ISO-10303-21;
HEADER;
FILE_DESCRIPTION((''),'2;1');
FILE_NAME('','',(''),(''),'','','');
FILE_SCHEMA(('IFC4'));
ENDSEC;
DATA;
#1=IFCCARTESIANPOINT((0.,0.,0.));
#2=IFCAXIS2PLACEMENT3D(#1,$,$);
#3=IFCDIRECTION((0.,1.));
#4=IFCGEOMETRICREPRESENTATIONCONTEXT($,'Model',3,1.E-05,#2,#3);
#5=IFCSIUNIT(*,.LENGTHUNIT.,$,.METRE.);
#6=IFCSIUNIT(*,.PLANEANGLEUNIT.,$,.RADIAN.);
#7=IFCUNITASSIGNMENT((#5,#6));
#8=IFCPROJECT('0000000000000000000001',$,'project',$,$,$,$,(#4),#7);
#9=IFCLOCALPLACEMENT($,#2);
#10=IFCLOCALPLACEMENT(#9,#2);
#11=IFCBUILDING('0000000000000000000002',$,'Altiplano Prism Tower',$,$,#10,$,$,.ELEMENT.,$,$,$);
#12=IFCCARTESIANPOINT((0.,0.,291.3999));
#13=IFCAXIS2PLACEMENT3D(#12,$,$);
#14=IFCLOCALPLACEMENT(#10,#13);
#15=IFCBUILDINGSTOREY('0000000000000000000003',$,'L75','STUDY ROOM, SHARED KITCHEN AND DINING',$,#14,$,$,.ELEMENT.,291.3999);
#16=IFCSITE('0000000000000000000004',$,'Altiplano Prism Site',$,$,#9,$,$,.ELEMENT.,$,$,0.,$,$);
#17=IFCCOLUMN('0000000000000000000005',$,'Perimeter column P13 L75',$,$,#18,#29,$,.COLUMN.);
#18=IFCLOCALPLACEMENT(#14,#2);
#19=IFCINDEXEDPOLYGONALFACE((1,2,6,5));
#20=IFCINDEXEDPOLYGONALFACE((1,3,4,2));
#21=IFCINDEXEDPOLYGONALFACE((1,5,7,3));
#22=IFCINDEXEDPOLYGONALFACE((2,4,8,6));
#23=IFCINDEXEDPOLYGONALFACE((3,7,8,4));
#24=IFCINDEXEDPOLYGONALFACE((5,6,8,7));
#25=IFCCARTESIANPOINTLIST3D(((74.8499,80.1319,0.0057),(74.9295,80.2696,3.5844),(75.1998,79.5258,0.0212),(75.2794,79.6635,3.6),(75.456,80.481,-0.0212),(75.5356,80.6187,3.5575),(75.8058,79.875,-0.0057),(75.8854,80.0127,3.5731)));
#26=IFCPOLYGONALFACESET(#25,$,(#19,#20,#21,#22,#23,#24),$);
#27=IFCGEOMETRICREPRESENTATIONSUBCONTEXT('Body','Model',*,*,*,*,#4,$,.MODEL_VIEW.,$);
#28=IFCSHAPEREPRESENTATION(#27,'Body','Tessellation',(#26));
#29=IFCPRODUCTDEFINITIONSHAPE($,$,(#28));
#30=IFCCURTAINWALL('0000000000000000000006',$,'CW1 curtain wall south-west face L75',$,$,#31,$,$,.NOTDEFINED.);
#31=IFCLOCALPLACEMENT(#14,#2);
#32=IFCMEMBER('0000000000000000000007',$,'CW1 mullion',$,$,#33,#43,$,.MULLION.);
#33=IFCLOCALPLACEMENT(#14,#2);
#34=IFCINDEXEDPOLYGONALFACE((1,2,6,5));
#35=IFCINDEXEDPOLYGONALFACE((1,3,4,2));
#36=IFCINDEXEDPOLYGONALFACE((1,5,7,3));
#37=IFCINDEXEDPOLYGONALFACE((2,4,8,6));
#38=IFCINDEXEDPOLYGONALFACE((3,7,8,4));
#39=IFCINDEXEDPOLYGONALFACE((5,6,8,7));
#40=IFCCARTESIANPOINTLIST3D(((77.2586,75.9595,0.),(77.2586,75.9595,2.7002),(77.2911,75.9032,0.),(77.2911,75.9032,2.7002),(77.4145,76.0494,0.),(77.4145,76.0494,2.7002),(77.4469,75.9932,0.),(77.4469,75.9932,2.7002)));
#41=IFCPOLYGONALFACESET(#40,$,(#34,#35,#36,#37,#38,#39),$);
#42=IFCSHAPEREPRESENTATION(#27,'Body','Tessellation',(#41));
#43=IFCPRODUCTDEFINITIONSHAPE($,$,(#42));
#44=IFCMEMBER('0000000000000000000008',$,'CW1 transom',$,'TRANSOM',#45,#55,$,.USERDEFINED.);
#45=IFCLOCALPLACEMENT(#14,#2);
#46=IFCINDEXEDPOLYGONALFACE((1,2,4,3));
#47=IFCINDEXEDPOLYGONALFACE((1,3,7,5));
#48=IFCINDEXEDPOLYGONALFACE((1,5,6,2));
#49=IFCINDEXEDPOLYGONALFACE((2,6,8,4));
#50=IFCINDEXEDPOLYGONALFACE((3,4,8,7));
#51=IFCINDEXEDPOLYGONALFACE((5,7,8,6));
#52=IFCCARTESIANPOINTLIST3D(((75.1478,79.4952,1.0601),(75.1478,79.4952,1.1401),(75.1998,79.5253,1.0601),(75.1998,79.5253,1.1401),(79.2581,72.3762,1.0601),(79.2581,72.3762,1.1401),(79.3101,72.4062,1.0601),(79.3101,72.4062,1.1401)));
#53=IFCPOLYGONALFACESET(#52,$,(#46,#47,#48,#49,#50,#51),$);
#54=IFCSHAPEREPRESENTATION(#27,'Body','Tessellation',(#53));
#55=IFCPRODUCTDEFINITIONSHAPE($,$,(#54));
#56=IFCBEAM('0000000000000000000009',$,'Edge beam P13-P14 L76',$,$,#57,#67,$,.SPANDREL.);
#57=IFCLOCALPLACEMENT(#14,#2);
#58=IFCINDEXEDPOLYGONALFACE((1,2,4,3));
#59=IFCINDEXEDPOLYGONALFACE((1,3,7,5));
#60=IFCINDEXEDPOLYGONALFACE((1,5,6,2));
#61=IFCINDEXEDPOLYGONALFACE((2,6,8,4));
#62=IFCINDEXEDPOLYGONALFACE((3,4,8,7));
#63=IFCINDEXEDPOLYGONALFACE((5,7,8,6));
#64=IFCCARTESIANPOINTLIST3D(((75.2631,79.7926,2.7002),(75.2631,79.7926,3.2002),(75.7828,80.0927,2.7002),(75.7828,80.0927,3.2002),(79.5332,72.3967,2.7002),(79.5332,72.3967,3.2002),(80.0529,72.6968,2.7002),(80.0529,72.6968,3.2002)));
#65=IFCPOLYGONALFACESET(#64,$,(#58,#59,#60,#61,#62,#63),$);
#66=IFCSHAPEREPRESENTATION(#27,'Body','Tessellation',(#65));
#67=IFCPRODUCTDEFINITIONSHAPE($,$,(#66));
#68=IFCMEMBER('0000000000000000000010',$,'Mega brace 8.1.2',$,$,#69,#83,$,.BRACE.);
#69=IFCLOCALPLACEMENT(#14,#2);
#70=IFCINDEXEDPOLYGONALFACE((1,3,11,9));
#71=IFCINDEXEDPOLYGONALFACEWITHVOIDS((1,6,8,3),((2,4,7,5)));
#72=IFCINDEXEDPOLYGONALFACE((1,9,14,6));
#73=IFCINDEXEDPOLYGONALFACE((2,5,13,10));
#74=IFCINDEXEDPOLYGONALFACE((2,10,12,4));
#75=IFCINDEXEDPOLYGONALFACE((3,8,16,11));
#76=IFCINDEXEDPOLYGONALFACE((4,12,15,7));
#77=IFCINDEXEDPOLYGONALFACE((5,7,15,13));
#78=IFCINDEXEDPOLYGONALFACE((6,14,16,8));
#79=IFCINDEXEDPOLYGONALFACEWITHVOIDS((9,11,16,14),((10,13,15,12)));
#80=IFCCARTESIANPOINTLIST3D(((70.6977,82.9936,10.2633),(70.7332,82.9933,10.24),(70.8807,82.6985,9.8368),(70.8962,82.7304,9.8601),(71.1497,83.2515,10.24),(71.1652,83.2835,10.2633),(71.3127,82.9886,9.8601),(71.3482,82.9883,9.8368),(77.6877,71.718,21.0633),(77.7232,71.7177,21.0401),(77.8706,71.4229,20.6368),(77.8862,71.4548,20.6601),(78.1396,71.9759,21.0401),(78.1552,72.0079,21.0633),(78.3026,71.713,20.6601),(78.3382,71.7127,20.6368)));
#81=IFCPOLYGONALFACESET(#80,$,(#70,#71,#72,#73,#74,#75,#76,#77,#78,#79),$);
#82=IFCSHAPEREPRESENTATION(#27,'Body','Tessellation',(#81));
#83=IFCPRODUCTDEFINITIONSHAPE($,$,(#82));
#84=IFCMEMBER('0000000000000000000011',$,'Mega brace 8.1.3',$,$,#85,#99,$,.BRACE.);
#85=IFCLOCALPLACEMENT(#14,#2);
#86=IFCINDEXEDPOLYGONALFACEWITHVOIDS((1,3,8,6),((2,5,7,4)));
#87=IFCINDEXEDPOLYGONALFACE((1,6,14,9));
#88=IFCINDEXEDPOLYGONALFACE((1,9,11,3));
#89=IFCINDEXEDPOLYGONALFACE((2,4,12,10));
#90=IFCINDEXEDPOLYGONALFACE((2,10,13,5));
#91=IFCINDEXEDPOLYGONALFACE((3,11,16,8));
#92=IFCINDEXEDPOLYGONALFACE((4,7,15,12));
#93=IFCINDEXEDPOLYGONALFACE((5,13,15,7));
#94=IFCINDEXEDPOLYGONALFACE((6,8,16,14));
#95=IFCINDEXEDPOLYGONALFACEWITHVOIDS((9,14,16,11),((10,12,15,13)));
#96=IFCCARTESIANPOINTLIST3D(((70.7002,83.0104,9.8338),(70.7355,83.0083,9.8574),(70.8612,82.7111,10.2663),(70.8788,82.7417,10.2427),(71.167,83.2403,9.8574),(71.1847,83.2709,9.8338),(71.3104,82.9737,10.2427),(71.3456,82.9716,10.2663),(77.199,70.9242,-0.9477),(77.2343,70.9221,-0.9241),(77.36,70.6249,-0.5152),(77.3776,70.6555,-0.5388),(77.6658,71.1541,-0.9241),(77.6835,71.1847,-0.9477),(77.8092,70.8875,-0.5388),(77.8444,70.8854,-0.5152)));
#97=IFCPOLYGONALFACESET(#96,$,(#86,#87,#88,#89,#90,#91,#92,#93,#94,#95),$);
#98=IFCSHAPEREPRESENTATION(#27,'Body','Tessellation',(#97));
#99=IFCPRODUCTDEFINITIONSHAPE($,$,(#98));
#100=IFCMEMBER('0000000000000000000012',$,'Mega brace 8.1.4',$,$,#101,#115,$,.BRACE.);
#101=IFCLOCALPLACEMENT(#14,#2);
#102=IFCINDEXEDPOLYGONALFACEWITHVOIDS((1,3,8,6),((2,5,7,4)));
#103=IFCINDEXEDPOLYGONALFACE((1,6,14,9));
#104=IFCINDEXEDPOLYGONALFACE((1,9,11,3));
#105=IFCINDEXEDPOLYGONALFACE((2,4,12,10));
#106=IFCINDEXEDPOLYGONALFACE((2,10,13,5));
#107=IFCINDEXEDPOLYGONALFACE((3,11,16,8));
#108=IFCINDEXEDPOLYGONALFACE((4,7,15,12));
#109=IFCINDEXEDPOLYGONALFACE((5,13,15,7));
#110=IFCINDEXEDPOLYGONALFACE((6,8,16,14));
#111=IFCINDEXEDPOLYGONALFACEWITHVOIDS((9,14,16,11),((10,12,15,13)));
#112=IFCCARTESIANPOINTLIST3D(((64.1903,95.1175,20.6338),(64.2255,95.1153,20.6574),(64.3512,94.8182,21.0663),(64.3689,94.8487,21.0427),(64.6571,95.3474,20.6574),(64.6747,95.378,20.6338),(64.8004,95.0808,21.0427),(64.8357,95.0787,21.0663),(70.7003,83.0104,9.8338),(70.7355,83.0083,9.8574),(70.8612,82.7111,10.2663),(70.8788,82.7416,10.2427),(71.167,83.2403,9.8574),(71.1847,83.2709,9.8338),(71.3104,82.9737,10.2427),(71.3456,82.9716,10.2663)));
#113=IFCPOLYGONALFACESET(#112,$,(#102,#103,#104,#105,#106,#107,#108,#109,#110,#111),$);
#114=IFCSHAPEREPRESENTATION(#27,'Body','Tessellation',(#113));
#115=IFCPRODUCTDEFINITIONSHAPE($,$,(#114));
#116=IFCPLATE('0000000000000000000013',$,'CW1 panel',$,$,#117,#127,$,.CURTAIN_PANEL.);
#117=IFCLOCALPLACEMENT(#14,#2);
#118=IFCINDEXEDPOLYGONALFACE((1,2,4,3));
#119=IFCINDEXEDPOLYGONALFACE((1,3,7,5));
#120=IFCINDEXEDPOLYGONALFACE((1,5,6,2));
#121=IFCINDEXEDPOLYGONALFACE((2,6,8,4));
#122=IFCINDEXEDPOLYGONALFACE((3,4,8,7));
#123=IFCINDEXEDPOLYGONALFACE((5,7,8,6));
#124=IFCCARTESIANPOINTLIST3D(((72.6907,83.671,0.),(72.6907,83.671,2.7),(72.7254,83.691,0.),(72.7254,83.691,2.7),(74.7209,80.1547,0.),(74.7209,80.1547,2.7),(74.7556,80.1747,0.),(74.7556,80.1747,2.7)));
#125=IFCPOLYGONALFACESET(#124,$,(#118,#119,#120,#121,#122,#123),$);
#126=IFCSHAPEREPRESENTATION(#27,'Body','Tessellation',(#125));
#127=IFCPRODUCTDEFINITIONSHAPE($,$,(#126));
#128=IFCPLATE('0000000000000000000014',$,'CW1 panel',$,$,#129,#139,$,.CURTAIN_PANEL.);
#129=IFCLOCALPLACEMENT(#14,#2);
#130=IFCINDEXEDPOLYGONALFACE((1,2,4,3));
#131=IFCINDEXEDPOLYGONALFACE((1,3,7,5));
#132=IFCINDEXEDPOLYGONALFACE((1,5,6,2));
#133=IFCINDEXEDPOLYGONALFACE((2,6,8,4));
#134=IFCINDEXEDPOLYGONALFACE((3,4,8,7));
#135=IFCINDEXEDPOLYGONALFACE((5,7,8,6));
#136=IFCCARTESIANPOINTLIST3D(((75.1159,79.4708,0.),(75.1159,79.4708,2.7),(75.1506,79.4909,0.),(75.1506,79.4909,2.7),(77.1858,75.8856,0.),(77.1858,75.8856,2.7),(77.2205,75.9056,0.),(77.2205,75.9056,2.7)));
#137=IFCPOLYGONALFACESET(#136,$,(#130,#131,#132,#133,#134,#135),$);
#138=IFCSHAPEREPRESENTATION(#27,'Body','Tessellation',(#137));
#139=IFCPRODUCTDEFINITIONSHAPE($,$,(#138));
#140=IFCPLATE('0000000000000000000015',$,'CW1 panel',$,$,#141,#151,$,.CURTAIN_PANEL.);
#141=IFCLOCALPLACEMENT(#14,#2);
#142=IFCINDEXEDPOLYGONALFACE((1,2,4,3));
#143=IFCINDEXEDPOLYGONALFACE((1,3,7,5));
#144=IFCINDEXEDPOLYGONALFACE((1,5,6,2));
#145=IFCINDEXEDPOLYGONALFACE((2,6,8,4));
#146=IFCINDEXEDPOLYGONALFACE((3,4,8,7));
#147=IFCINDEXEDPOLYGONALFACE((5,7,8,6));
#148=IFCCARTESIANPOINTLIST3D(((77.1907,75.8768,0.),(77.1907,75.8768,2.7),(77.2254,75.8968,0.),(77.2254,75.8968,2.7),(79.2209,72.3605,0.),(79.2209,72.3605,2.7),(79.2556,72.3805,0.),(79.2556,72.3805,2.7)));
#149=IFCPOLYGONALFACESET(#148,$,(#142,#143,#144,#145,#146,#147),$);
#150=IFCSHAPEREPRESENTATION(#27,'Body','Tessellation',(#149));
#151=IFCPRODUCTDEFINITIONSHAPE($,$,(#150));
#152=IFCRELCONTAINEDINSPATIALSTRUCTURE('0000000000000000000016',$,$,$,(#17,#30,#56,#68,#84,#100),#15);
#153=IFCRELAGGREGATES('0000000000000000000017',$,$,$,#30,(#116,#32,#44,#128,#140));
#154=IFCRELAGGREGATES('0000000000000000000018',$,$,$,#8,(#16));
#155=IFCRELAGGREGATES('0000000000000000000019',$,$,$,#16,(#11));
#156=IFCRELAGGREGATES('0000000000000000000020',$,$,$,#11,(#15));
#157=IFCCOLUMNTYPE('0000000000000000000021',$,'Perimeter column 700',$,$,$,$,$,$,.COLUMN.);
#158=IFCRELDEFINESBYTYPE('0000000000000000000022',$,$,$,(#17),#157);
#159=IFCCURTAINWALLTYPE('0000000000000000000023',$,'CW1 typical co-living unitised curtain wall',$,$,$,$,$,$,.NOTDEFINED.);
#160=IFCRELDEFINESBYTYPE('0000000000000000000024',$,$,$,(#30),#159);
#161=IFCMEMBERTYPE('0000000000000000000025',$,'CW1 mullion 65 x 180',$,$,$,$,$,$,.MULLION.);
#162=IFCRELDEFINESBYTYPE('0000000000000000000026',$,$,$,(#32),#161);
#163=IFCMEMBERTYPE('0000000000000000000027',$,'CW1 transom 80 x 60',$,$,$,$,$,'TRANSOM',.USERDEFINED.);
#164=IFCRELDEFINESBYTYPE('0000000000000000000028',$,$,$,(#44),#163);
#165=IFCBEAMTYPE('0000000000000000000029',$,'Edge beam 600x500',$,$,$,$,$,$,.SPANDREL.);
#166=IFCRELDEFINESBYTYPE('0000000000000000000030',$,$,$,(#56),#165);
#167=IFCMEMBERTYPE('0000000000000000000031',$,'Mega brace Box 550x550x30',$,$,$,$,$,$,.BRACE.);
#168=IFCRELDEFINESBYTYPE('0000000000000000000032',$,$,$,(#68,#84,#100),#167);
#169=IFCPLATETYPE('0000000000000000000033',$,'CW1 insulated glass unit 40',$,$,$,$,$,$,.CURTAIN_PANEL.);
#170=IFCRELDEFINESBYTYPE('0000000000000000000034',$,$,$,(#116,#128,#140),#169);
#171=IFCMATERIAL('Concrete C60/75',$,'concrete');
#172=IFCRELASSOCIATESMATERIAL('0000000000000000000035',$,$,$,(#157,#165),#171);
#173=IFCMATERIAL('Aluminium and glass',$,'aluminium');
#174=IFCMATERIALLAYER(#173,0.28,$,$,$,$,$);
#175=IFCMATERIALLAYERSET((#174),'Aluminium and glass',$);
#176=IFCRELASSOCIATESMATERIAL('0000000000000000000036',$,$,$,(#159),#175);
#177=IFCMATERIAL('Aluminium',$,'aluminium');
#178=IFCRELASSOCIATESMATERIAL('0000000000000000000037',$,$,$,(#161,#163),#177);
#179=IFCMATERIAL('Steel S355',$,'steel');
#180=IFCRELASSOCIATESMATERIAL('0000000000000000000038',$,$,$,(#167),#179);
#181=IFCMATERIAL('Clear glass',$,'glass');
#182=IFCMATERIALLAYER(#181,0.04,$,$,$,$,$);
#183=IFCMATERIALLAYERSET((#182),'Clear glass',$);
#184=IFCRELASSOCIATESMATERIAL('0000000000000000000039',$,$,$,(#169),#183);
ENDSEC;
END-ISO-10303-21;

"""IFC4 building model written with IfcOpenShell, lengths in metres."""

from ifc_helpers import new_model, si_unit, direction, frame, origin, origin_2d, place, context, subcontext, project, spatial, rectangle, hollow_rectangle, extrude, material, layer, layer_set, material_profile, profile_set, type_object, element, aggregate, save


model = new_model("IFC4")

# Units and contexts
model_context = context("Model", 3, precision=1e-05, world=origin(), true_north=direction((0.0, 1.0)))
body_context = subcontext(model_context, "Body", "Model", "MODEL_VIEW")
ifc_project = project(units=[si_unit("LENGTHUNIT", "METRE"), si_unit("PLANEANGLEUNIT", "RADIAN")], contexts=[model_context])

# Site, building, storey
site_placement = place(None, origin())
site = spatial("IfcSite", under=ifc_project, at=site_placement, Name="Altiplano Prism Site", CompositionType="ELEMENT", RefElevation=0.0)
building_placement = place(site_placement, origin())
building = spatial("IfcBuilding", under=site, at=building_placement, Name="Altiplano Prism Tower", CompositionType="ELEMENT")
storey_placement = place(building_placement, frame((0.0, 0.0, 291.3999)))
storey = spatial("IfcBuildingStorey", under=building, at=storey_placement, Name="L75", Description="STUDY ROOM, SHARED KITCHEN AND DINING", CompositionType="ELEMENT", Elevation=291.3999)

# Column
ifc_material_1 = material(Name="Concrete C60/75", Category="concrete")
ifc_material_profile_1 = material_profile(ifc_material_1, rectangle(XDim=0.7, YDim=0.7, at=origin_2d()), Name="Perimeter column 700")
ifc_profile_set_1 = profile_set([ifc_material_profile_1], Name="Concrete C60/75")
column_type = type_object("IfcColumnType", Name="Perimeter column 700", PredefinedType="COLUMN", material=ifc_profile_set_1)
column_placement = place(storey_placement, frame((75.3279, 80.0034, 0.0), z_axis=(0.022217, 0.038437, 0.999014), x_axis=(-0.865846, -0.498832, 0.038448)))
element("IfcColumn", 1, at=column_placement, inside=storey, type_object=column_type, Name="Perimeter column P13 L75", PredefinedType="COLUMN", context=body_context, shape_type="SweptSolid", body=[
    extrude(rectangle(XDim=0.7, YDim=0.7, at=origin_2d()), origin(), (0.0, 0.0, 1.0), 3.5823),
])

# Curtain wall, members
ifc_material_2 = material(Name="Aluminium and glass", Category="aluminium")
ifc_layer_1 = layer(ifc_material_2, 0.28)
ifc_layer_set_1 = layer_set([ifc_layer_1], Name="Aluminium and glass")
curtain_wall_type = type_object("IfcCurtainWallType", Name="CW1 typical co-living unitised curtain wall", PredefinedType="NOTDEFINED", material=ifc_layer_set_1)
curtain_wall_placement = place(storey_placement, origin())
curtain_wall = element("IfcCurtainWall", 2, at=curtain_wall_placement, inside=storey, type_object=curtain_wall_type, Name="CW1 curtain wall south-west face L75", PredefinedType="NOTDEFINED")
ifc_material_3 = material(Name="Aluminium", Category="aluminium")
ifc_material_profile_2 = material_profile(ifc_material_3, rectangle(XDim=0.1799, YDim=0.0649, at=origin_2d()), Name="CW1 mullion 65 x 180")
ifc_profile_set_2 = profile_set([ifc_material_profile_2], Name="Aluminium")
member_type_1 = type_object("IfcMemberType", Name="CW1 mullion 65 x 180", PredefinedType="MULLION", material=ifc_profile_set_2)
member_1_placement = place(storey_placement, frame((77.3528, 75.9763, 0.0), z_axis=(0.0, 0.0, 1.0), x_axis=(0.866025, 0.5, 0.0)))
member_1 = element("IfcMember", 3, at=member_1_placement, type_object=member_type_1, Name="CW1 mullion", PredefinedType="MULLION", context=body_context, shape_type="SweptSolid", body=[
    extrude(rectangle(XDim=0.1799, YDim=0.0649, at=origin_2d()), origin(), (0.0, 0.0, 1.0), 2.7002),
])
ifc_material_profile_3 = material_profile(ifc_material_3, rectangle(XDim=0.0601, YDim=0.0801, at=origin_2d()), Name="CW1 transom 80 x 60")
ifc_profile_set_3 = profile_set([ifc_material_profile_3], Name="Aluminium")
member_type_2 = type_object("IfcMemberType", Name="CW1 transom 80 x 60", ElementType="TRANSOM", PredefinedType="USERDEFINED", material=ifc_profile_set_3)
member_2_placement = place(storey_placement, frame((75.1738, 79.5103, 1.1001), z_axis=(0.50001, -0.866019, 0.0), x_axis=(0.866019, 0.50001, 0.0)))
member_2 = element("IfcMember", 4, at=member_2_placement, type_object=member_type_2, Name="CW1 transom", ObjectType="TRANSOM", PredefinedType="USERDEFINED", context=body_context, shape_type="SweptSolid", body=[
    extrude(rectangle(XDim=0.0601, YDim=0.0801, at=origin_2d()), origin(), (0.0, 0.0, 1.0), 8.2205),
])

# Beam
ifc_material_profile_4 = material_profile(ifc_material_1, rectangle(XDim=0.6001, YDim=0.5, at=origin_2d()), Name="Edge beam 600x500")
ifc_profile_set_4 = profile_set([ifc_material_profile_4], Name="Concrete C60/75")
beam_type = type_object("IfcBeamType", Name="Edge beam 600x500", PredefinedType="SPANDREL", material=ifc_profile_set_4)
beam_placement = place(storey_placement, frame((75.5229, 79.9426, 2.9502), z_axis=(0.500007, -0.866021, 0.0), x_axis=(0.866021, 0.500007, 0.0)))
element("IfcBeam", 5, at=beam_placement, inside=storey, type_object=beam_type, Name="Edge beam P13-P14 L76", PredefinedType="SPANDREL", context=body_context, shape_type="SweptSolid", body=[
    extrude(rectangle(XDim=0.6001, YDim=0.5, at=origin_2d()), origin(), (0.0, 0.0, 1.0), 8.54),
])

# Members
ifc_material_4 = material(Name="Steel S355", Category="steel")
ifc_material_profile_5 = material_profile(ifc_material_4, hollow_rectangle(XDim=0.55, YDim=0.55, WallThickness=0.03, at=origin_2d()), Name="Mega brace Box 550x550x30")
ifc_profile_set_5 = profile_set([ifc_material_profile_5], Name="Steel S355")
member_type_3 = type_object("IfcMemberType", Name="Mega brace Box 550x550x30", PredefinedType="BRACE", material=ifc_profile_set_5)
member_3_placement = place(storey_placement, frame((71.0229, 82.991, 10.05), z_axis=(0.40861, -0.659134, 0.631333), x_axis=(0.849933, 0.52689, 0.0)))
element("IfcMember", 6, at=member_3_placement, inside=storey, type_object=member_type_3, Name="Mega brace 8.1.2", PredefinedType="BRACE", context=body_context, shape_type="SweptSolid", body=[
    extrude(hollow_rectangle(XDim=0.55, YDim=0.55, WallThickness=0.03, at=origin_2d()), origin(), (0.0, 0.0, 1.0), 17.1067),
])
member_4_placement = place(storey_placement, frame((77.5217, 70.9048, -0.7314), z_axis=(-0.372394, 0.692563, 0.617802), x_axis=(-0.88075, -0.473582, 0.0)))
element("IfcMember", 7, at=member_4_placement, inside=storey, type_object=member_type_3, Name="Mega brace 8.1.3", PredefinedType="BRACE", context=body_context, shape_type="SweptSolid", body=[
    extrude(hollow_rectangle(XDim=0.55, YDim=0.55, WallThickness=0.03, at=origin_2d()), origin(), (0.0, 0.0, 1.0), 17.4514),
])
member_5_placement = place(storey_placement, frame((71.0229, 82.991, 10.05), z_axis=(-0.372393, 0.692568, 0.617797), x_axis=(-0.880752, -0.473579, 0.0)))
element("IfcMember", 8, at=member_5_placement, inside=storey, type_object=member_type_3, Name="Mega brace 8.1.4", PredefinedType="BRACE", context=body_context, shape_type="SweptSolid", body=[
    extrude(hollow_rectangle(XDim=0.55, YDim=0.55, WallThickness=0.03, at=origin_2d()), origin(), (0.0, 0.0, 1.0), 17.4814),
])

# Plates
ifc_material_5 = material(Name="Clear glass", Category="glass")
ifc_layer_2 = layer(ifc_material_5, 0.04)
ifc_layer_set_2 = layer_set([ifc_layer_2], Name="Clear glass")
plate_type = type_object("IfcPlateType", Name="CW1 insulated glass unit 40", PredefinedType="CURTAIN_PANEL", material=ifc_layer_set_2)
plate_1_placement = place(storey_placement, frame((73.7231, 81.9229, 0.0), z_axis=(0.0, 0.0, 1.0), x_axis=(0.5, -0.866025, 0.0)))
plate_1 = element("IfcPlate", 9, at=plate_1_placement, type_object=plate_type, Name="CW1 panel", PredefinedType="CURTAIN_PANEL", context=body_context, shape_type="SweptSolid", body=[
    extrude(rectangle(XDim=4.0603, YDim=0.04, at=origin_2d()), origin(), (0.0, 0.0, 1.0), 2.7),
])
plate_2_placement = place(storey_placement, frame((76.1682, 77.6882, 0.0), z_axis=(0.0, 0.0, 1.0), x_axis=(0.5, -0.866025, 0.0)))
plate_2 = element("IfcPlate", 10, at=plate_2_placement, type_object=plate_type, Name="CW1 panel", PredefinedType="CURTAIN_PANEL", context=body_context, shape_type="SweptSolid", body=[
    extrude(rectangle(XDim=4.1399, YDim=0.04, at=origin_2d()), origin(), (0.0, 0.0, 1.0), 2.7),
])
plate_3_placement = place(storey_placement, frame((78.2231, 74.1287, 0.0), z_axis=(0.0, 0.0, 1.0), x_axis=(0.5, -0.866025, 0.0)))
plate_3 = element("IfcPlate", 11, at=plate_3_placement, type_object=plate_type, Name="CW1 panel", PredefinedType="CURTAIN_PANEL", context=body_context, shape_type="SweptSolid", body=[
    extrude(rectangle(XDim=4.0603, YDim=0.04, at=origin_2d()), origin(), (0.0, 0.0, 1.0), 2.7),
])
aggregate(curtain_wall, [plate_1, member_1, member_2, plate_2, plate_3])

save(model, "model.ifc")
